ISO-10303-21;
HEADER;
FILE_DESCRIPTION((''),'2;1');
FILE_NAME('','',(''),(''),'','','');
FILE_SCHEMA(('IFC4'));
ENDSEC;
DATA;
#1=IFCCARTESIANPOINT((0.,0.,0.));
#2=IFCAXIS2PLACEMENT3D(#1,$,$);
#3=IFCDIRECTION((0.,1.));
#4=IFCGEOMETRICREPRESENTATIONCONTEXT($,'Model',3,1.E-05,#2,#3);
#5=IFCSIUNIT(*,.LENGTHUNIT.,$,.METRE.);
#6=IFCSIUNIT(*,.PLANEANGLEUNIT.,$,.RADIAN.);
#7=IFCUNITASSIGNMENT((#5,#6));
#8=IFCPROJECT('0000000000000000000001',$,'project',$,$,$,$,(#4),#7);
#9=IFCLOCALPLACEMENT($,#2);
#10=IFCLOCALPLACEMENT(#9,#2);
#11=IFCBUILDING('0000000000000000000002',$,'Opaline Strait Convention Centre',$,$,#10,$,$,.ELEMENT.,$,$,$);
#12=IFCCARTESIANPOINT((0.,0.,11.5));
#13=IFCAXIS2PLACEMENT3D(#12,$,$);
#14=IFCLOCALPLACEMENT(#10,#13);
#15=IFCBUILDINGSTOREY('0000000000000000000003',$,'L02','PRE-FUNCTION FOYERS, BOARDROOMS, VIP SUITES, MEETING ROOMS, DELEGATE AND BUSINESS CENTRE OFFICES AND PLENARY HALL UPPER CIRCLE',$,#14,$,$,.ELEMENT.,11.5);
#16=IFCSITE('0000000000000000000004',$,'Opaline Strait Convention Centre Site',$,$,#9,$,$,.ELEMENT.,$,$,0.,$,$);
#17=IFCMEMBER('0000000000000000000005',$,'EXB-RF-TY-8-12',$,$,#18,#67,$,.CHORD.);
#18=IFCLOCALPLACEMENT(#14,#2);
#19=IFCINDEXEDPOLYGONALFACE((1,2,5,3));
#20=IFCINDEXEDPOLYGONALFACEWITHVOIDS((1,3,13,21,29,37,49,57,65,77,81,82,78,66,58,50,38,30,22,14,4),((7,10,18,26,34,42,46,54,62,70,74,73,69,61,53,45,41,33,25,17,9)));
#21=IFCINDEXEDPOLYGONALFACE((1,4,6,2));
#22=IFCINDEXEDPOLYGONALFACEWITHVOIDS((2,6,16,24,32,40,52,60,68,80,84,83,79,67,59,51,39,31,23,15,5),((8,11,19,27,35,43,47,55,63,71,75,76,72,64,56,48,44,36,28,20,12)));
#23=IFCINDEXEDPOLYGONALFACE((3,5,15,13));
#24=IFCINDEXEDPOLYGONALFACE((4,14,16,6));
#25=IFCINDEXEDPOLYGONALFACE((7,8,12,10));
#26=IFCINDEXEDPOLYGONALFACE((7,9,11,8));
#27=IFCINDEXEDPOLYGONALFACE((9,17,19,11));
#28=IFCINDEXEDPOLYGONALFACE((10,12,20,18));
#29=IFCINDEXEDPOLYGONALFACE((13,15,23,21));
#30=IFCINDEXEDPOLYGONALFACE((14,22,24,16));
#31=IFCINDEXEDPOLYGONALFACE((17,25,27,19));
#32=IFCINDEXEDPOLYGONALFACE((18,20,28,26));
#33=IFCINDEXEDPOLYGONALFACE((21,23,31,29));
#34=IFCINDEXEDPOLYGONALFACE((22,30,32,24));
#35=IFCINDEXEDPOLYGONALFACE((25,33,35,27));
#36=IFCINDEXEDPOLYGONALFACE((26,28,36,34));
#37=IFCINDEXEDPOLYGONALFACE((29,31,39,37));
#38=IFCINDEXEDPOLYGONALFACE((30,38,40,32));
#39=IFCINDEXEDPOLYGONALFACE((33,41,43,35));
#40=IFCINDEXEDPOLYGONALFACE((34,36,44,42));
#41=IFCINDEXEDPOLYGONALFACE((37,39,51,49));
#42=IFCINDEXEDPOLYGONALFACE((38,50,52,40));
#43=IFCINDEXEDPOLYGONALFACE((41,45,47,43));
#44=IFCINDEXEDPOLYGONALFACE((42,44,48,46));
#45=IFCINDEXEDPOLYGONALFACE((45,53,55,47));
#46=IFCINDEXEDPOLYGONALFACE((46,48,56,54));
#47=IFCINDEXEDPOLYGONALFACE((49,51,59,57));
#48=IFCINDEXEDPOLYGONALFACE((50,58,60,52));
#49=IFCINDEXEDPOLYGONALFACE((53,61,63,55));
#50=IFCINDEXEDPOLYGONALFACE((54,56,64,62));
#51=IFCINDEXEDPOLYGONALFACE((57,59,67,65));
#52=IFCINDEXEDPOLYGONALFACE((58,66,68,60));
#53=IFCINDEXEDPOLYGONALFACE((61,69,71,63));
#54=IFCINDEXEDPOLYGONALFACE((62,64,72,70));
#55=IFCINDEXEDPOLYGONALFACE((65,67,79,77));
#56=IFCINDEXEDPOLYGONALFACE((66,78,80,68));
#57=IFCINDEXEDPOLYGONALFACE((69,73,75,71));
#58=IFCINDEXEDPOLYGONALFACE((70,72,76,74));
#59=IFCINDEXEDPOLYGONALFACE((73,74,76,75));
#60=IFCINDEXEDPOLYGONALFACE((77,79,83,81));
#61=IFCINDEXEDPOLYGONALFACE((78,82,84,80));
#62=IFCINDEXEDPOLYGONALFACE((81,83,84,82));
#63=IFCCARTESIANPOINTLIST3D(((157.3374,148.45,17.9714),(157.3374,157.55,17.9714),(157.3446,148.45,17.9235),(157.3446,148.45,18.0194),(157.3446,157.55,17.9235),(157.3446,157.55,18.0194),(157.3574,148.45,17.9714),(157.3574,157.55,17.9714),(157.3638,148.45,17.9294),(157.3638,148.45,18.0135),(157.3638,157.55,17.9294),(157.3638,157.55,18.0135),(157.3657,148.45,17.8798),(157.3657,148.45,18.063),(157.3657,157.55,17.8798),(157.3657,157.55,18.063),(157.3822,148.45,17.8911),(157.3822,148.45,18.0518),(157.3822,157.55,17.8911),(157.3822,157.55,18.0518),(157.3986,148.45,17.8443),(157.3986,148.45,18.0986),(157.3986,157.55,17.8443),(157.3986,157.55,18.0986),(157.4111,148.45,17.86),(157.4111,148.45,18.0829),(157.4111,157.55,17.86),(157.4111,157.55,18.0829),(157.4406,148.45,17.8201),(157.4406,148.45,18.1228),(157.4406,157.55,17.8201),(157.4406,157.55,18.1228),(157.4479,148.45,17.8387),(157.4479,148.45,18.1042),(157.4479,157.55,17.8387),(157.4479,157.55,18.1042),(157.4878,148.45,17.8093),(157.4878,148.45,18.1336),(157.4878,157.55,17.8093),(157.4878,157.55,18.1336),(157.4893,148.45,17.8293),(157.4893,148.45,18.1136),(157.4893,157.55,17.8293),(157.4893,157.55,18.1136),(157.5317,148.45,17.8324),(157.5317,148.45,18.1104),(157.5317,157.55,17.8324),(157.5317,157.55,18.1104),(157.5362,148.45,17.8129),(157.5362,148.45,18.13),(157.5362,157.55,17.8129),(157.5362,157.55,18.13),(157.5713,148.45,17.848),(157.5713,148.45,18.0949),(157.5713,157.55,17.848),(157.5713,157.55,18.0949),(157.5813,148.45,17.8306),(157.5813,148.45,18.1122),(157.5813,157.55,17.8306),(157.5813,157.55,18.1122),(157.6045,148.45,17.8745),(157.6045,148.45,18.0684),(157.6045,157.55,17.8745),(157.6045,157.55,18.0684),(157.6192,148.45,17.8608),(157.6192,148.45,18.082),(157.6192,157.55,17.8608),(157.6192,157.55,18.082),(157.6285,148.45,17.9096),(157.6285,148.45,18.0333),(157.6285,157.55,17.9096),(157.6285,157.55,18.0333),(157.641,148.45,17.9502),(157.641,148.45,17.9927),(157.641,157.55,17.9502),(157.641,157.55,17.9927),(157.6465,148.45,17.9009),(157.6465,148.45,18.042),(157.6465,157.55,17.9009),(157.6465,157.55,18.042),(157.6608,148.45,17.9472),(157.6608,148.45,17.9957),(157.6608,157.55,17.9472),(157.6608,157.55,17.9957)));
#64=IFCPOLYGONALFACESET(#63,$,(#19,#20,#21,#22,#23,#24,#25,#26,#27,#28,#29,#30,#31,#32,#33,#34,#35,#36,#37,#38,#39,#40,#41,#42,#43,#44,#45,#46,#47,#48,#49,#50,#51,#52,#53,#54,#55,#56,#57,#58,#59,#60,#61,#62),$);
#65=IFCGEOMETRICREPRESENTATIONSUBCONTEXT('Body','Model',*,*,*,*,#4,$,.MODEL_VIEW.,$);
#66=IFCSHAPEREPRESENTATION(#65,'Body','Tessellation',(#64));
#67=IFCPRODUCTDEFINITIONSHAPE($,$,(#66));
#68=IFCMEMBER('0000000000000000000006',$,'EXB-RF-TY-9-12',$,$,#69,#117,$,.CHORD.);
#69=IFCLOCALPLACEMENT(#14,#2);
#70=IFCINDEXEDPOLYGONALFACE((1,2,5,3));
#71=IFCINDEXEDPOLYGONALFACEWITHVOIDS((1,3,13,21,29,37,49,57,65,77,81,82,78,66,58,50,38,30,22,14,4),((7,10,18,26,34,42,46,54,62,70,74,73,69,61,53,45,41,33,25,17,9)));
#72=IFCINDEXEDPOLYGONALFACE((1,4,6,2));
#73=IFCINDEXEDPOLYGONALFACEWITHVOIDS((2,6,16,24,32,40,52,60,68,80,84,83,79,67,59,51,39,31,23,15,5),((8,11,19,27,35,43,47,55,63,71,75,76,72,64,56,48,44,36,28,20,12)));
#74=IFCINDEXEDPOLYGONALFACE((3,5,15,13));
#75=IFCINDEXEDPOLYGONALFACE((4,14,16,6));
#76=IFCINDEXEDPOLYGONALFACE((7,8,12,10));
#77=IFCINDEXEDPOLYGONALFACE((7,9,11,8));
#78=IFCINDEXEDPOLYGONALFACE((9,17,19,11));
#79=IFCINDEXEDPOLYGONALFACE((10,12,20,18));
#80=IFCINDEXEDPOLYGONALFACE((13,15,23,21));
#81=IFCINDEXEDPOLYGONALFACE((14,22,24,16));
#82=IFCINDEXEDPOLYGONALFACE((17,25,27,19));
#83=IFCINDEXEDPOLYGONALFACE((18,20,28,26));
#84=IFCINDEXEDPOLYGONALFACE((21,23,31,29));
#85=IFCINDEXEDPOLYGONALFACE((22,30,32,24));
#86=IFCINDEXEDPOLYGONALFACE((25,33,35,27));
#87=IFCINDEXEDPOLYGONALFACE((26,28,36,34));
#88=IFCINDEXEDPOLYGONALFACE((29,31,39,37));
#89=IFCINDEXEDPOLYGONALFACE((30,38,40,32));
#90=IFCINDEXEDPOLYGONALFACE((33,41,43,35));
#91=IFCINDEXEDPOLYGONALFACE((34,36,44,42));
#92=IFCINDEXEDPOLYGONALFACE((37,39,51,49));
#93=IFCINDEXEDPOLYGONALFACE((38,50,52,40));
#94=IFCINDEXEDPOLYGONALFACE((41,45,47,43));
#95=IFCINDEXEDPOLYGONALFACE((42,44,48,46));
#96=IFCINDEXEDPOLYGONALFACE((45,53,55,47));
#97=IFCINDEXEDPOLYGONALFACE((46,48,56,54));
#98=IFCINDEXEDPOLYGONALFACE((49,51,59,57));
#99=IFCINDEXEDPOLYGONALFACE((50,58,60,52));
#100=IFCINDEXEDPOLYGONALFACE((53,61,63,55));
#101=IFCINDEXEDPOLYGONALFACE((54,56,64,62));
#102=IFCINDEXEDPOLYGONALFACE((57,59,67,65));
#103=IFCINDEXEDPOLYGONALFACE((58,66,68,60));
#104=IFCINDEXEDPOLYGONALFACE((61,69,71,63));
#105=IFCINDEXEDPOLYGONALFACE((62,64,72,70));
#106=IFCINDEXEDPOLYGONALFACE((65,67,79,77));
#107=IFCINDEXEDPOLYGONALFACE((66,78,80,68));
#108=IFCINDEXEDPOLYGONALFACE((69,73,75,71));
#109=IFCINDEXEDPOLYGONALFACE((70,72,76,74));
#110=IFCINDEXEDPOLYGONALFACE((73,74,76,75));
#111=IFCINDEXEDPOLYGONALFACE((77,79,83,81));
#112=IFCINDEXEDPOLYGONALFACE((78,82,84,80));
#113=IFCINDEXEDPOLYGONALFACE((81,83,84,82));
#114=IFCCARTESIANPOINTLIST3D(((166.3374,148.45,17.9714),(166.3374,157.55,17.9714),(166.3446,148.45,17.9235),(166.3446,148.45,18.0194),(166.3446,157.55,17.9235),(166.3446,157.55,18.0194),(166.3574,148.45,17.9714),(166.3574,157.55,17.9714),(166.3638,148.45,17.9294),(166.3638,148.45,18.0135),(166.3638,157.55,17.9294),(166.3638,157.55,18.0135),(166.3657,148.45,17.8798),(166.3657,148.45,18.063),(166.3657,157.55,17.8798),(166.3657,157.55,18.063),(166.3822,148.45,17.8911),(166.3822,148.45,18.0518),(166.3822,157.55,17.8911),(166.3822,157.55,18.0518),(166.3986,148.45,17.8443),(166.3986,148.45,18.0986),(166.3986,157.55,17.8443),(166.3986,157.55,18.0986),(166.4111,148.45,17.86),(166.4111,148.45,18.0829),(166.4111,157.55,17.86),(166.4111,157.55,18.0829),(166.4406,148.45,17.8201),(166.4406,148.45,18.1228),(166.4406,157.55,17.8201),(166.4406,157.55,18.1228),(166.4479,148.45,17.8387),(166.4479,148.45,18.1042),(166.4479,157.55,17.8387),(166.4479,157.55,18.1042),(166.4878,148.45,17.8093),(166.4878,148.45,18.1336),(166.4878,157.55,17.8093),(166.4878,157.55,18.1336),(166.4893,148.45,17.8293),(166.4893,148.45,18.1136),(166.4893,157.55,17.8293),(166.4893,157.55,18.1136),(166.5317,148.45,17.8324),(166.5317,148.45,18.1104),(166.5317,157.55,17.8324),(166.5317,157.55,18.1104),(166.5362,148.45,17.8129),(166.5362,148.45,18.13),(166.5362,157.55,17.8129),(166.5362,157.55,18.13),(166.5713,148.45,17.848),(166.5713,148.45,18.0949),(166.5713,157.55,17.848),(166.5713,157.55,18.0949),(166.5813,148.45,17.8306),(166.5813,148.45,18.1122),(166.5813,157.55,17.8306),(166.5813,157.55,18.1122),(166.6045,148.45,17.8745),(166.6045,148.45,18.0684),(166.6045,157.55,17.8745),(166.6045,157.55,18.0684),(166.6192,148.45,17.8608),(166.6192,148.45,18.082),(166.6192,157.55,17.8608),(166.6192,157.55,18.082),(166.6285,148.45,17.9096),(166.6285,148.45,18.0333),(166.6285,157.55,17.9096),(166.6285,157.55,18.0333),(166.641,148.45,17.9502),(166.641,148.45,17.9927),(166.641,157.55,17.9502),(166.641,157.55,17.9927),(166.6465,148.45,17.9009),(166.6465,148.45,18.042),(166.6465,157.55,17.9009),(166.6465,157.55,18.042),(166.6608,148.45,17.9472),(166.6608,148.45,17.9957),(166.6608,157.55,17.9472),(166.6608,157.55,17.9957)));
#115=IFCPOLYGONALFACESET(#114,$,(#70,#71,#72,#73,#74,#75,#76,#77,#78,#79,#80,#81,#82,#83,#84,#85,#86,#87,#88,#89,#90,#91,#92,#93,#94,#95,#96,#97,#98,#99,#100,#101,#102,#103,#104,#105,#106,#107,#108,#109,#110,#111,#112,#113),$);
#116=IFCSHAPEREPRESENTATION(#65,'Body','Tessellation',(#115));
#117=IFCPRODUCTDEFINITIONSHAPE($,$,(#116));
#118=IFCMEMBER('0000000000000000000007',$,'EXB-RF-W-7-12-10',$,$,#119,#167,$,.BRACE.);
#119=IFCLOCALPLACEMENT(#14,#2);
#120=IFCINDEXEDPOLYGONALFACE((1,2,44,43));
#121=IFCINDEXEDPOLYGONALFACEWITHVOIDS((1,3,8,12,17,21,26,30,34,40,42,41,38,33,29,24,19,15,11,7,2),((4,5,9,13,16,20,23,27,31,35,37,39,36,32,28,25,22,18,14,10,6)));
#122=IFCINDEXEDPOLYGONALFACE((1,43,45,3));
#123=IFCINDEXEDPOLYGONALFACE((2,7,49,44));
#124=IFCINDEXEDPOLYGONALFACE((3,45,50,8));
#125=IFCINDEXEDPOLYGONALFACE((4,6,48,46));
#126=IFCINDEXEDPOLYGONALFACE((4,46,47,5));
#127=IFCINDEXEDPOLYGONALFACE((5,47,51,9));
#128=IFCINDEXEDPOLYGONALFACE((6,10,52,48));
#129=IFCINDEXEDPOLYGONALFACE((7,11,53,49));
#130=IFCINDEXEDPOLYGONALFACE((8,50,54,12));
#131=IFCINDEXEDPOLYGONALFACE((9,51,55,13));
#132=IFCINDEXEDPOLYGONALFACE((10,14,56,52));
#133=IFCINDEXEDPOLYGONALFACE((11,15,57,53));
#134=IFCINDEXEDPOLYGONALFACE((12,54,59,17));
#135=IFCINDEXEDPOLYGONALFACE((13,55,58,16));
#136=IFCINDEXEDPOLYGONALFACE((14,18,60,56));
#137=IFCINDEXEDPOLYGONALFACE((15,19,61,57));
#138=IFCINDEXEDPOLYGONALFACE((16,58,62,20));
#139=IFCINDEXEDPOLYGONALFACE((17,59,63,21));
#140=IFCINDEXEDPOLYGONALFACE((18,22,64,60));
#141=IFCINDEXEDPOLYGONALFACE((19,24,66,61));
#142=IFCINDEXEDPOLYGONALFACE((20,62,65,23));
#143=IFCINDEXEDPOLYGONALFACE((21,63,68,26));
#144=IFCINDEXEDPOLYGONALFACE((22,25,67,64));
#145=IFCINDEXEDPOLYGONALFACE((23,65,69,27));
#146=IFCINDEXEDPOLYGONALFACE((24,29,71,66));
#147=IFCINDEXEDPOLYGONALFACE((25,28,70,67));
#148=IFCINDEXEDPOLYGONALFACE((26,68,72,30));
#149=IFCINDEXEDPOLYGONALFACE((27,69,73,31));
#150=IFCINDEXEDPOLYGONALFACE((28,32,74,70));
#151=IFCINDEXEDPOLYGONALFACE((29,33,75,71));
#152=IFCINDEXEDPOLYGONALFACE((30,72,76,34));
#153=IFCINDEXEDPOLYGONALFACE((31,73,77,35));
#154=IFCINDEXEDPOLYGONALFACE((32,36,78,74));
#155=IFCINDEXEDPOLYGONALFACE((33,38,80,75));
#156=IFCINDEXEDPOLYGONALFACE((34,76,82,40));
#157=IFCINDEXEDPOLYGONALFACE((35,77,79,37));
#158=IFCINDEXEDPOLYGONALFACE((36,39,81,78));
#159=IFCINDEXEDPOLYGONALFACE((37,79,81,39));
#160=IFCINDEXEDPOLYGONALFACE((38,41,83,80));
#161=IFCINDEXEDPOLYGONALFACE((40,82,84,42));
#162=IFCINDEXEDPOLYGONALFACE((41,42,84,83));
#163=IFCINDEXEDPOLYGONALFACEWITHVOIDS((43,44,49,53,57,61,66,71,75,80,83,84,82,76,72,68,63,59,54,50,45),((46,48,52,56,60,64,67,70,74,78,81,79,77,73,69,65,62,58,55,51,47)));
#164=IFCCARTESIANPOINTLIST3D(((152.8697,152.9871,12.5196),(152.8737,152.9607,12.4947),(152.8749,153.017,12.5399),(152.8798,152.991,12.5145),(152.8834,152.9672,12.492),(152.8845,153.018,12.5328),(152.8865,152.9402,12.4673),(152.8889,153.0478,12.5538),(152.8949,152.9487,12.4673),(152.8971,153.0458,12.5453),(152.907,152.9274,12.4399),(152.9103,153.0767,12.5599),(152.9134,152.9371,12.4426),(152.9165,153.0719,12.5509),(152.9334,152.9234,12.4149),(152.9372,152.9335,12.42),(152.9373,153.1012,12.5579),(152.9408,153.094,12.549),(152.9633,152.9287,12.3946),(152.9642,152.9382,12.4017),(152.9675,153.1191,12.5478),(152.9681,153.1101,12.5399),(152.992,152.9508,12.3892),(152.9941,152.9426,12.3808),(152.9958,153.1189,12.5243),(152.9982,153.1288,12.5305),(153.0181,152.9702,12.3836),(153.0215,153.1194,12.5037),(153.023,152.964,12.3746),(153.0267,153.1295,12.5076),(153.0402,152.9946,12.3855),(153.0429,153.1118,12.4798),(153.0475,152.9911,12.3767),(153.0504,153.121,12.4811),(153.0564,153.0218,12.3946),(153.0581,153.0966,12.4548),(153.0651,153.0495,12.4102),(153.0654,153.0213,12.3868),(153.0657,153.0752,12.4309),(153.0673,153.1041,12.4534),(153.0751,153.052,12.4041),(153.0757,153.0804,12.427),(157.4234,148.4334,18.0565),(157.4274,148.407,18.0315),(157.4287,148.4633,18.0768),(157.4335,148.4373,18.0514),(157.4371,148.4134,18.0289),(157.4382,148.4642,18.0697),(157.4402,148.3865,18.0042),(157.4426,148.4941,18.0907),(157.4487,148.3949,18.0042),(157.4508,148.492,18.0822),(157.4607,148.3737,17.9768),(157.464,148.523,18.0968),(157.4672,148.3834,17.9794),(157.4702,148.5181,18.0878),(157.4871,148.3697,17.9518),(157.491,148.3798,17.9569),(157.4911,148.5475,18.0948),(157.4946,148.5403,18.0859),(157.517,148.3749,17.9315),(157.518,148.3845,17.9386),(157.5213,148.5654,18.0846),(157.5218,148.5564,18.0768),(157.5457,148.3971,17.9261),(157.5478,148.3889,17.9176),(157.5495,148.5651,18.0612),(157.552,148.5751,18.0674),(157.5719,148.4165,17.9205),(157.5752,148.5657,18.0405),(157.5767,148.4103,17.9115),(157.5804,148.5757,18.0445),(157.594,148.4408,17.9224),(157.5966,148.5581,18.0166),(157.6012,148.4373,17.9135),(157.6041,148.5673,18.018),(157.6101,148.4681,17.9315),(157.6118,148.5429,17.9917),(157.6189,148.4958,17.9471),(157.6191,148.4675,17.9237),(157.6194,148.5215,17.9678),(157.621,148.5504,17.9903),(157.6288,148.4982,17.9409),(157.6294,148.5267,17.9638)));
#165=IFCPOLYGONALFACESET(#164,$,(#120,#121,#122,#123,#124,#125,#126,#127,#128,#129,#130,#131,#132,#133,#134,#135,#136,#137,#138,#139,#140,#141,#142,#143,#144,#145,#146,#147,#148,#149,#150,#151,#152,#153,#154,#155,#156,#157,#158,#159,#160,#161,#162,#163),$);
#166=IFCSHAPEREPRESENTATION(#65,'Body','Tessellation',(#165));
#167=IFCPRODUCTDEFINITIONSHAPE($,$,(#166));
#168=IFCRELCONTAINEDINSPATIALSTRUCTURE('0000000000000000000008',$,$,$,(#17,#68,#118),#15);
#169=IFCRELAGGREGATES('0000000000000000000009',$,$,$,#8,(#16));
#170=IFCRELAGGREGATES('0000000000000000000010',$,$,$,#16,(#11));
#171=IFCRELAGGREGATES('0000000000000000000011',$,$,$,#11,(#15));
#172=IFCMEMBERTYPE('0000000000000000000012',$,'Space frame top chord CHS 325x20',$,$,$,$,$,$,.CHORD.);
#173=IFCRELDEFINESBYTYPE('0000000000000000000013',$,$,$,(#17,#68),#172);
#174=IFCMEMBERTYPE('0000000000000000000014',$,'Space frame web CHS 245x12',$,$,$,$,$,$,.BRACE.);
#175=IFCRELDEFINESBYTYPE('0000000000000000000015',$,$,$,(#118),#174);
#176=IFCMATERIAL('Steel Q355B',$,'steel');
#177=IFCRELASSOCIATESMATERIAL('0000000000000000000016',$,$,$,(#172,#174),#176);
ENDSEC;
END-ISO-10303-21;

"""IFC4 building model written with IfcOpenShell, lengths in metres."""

from ifc_helpers import new_model, si_unit, direction, frame, origin, origin_2d, place, context, subcontext, project, spatial, hollow_circle, extrude, material, material_profile, profile_set, type_object, element, save


model = new_model("IFC4")

# Units and contexts
model_context = context("Model", 3, precision=1e-05, world=origin(), true_north=direction((0.0, 1.0)))
body_context = subcontext(model_context, "Body", "Model", "MODEL_VIEW")
ifc_project = project(units=[si_unit("LENGTHUNIT", "METRE"), si_unit("PLANEANGLEUNIT", "RADIAN")], contexts=[model_context])

# Site, building, storey
site_placement = place(None, origin())
site = spatial("IfcSite", under=ifc_project, at=site_placement, Name="Opaline Strait Convention Centre Site", CompositionType="ELEMENT", RefElevation=0.0)
building_placement = place(site_placement, origin())
building = spatial("IfcBuilding", under=site, at=building_placement, Name="Opaline Strait Convention Centre", CompositionType="ELEMENT")
storey_placement = place(building_placement, frame((0.0, 0.0, 11.5)))
storey = spatial("IfcBuildingStorey", under=building, at=storey_placement, Name="L02", Description="PRE-FUNCTION FOYERS, BOARDROOMS, VIP SUITES, MEETING ROOMS, DELEGATE AND BUSINESS CENTRE OFFICES AND PLENARY HALL UPPER CIRCLE", CompositionType="ELEMENT", Elevation=11.5)

# Members
ifc_material_1 = material(Name="Steel Q355B", Category="steel")
ifc_material_profile_1 = material_profile(ifc_material_1, hollow_circle(Radius=0.1626, WallThickness=0.02, at=origin_2d()), Name="CHS 325x20")
ifc_profile_set_1 = profile_set([ifc_material_profile_1], Name="Steel Q355B")
member_type_1 = type_object("IfcMemberType", Name="Space frame top chord CHS 325x20", PredefinedType="CHORD", material=ifc_profile_set_1)
for number, where, z_axis, x_axis, name in (
    (1, (157.5, 148.45, 17.9714), (0.0, 1.0, 0.0), (-1.0, 0.0, 0.0), "EXB-RF-TY-8-12"),
    (2, (166.5, 148.45, 17.9714), (0.0, 1.0, 0.0), (-1.0, 0.0, 0.0), "EXB-RF-TY-9-12"),
):
    element("IfcMember", number, at=place(storey_placement, frame(where, z_axis=z_axis, x_axis=x_axis)), inside=storey, type_object=member_type_1, Name=name, PredefinedType="CHORD", context=body_context, shape_type="SweptSolid", body=[
        extrude(hollow_circle(Radius=0.1626, WallThickness=0.02, at=origin_2d()), origin(), (0.0, 0.0, 1.0), 9.1001),
    ])
ifc_material_profile_2 = material_profile(ifc_material_1, hollow_circle(Radius=0.1226, WallThickness=0.012, at=origin_2d()), Name="CHS 245x12")
ifc_profile_set_2 = profile_set([ifc_material_profile_2], Name="Steel Q355B")
member_type_2 = type_object("IfcMemberType", Name="Space frame web CHS 245x12", PredefinedType="BRACE", material=ifc_profile_set_2)
for number, where, z_axis, x_axis, name in (
    (3, (157.5269, 148.4731, 18.0042), (-0.536178, 0.536178, -0.65194), (-0.707107, -0.707107, 0.0), "EXB-RF-W-7-12-10"),
):
    element("IfcMember", number, at=place(storey_placement, frame(where, z_axis=z_axis, x_axis=x_axis)), inside=storey, type_object=member_type_2, Name=name, PredefinedType="BRACE", context=body_context, shape_type="SweptSolid", body=[
        extrude(hollow_circle(Radius=0.1226, WallThickness=0.012, at=origin_2d()), origin(), (0.0, 0.0, 1.0), 8.4929),
    ])

save(model, "model.ifc")
